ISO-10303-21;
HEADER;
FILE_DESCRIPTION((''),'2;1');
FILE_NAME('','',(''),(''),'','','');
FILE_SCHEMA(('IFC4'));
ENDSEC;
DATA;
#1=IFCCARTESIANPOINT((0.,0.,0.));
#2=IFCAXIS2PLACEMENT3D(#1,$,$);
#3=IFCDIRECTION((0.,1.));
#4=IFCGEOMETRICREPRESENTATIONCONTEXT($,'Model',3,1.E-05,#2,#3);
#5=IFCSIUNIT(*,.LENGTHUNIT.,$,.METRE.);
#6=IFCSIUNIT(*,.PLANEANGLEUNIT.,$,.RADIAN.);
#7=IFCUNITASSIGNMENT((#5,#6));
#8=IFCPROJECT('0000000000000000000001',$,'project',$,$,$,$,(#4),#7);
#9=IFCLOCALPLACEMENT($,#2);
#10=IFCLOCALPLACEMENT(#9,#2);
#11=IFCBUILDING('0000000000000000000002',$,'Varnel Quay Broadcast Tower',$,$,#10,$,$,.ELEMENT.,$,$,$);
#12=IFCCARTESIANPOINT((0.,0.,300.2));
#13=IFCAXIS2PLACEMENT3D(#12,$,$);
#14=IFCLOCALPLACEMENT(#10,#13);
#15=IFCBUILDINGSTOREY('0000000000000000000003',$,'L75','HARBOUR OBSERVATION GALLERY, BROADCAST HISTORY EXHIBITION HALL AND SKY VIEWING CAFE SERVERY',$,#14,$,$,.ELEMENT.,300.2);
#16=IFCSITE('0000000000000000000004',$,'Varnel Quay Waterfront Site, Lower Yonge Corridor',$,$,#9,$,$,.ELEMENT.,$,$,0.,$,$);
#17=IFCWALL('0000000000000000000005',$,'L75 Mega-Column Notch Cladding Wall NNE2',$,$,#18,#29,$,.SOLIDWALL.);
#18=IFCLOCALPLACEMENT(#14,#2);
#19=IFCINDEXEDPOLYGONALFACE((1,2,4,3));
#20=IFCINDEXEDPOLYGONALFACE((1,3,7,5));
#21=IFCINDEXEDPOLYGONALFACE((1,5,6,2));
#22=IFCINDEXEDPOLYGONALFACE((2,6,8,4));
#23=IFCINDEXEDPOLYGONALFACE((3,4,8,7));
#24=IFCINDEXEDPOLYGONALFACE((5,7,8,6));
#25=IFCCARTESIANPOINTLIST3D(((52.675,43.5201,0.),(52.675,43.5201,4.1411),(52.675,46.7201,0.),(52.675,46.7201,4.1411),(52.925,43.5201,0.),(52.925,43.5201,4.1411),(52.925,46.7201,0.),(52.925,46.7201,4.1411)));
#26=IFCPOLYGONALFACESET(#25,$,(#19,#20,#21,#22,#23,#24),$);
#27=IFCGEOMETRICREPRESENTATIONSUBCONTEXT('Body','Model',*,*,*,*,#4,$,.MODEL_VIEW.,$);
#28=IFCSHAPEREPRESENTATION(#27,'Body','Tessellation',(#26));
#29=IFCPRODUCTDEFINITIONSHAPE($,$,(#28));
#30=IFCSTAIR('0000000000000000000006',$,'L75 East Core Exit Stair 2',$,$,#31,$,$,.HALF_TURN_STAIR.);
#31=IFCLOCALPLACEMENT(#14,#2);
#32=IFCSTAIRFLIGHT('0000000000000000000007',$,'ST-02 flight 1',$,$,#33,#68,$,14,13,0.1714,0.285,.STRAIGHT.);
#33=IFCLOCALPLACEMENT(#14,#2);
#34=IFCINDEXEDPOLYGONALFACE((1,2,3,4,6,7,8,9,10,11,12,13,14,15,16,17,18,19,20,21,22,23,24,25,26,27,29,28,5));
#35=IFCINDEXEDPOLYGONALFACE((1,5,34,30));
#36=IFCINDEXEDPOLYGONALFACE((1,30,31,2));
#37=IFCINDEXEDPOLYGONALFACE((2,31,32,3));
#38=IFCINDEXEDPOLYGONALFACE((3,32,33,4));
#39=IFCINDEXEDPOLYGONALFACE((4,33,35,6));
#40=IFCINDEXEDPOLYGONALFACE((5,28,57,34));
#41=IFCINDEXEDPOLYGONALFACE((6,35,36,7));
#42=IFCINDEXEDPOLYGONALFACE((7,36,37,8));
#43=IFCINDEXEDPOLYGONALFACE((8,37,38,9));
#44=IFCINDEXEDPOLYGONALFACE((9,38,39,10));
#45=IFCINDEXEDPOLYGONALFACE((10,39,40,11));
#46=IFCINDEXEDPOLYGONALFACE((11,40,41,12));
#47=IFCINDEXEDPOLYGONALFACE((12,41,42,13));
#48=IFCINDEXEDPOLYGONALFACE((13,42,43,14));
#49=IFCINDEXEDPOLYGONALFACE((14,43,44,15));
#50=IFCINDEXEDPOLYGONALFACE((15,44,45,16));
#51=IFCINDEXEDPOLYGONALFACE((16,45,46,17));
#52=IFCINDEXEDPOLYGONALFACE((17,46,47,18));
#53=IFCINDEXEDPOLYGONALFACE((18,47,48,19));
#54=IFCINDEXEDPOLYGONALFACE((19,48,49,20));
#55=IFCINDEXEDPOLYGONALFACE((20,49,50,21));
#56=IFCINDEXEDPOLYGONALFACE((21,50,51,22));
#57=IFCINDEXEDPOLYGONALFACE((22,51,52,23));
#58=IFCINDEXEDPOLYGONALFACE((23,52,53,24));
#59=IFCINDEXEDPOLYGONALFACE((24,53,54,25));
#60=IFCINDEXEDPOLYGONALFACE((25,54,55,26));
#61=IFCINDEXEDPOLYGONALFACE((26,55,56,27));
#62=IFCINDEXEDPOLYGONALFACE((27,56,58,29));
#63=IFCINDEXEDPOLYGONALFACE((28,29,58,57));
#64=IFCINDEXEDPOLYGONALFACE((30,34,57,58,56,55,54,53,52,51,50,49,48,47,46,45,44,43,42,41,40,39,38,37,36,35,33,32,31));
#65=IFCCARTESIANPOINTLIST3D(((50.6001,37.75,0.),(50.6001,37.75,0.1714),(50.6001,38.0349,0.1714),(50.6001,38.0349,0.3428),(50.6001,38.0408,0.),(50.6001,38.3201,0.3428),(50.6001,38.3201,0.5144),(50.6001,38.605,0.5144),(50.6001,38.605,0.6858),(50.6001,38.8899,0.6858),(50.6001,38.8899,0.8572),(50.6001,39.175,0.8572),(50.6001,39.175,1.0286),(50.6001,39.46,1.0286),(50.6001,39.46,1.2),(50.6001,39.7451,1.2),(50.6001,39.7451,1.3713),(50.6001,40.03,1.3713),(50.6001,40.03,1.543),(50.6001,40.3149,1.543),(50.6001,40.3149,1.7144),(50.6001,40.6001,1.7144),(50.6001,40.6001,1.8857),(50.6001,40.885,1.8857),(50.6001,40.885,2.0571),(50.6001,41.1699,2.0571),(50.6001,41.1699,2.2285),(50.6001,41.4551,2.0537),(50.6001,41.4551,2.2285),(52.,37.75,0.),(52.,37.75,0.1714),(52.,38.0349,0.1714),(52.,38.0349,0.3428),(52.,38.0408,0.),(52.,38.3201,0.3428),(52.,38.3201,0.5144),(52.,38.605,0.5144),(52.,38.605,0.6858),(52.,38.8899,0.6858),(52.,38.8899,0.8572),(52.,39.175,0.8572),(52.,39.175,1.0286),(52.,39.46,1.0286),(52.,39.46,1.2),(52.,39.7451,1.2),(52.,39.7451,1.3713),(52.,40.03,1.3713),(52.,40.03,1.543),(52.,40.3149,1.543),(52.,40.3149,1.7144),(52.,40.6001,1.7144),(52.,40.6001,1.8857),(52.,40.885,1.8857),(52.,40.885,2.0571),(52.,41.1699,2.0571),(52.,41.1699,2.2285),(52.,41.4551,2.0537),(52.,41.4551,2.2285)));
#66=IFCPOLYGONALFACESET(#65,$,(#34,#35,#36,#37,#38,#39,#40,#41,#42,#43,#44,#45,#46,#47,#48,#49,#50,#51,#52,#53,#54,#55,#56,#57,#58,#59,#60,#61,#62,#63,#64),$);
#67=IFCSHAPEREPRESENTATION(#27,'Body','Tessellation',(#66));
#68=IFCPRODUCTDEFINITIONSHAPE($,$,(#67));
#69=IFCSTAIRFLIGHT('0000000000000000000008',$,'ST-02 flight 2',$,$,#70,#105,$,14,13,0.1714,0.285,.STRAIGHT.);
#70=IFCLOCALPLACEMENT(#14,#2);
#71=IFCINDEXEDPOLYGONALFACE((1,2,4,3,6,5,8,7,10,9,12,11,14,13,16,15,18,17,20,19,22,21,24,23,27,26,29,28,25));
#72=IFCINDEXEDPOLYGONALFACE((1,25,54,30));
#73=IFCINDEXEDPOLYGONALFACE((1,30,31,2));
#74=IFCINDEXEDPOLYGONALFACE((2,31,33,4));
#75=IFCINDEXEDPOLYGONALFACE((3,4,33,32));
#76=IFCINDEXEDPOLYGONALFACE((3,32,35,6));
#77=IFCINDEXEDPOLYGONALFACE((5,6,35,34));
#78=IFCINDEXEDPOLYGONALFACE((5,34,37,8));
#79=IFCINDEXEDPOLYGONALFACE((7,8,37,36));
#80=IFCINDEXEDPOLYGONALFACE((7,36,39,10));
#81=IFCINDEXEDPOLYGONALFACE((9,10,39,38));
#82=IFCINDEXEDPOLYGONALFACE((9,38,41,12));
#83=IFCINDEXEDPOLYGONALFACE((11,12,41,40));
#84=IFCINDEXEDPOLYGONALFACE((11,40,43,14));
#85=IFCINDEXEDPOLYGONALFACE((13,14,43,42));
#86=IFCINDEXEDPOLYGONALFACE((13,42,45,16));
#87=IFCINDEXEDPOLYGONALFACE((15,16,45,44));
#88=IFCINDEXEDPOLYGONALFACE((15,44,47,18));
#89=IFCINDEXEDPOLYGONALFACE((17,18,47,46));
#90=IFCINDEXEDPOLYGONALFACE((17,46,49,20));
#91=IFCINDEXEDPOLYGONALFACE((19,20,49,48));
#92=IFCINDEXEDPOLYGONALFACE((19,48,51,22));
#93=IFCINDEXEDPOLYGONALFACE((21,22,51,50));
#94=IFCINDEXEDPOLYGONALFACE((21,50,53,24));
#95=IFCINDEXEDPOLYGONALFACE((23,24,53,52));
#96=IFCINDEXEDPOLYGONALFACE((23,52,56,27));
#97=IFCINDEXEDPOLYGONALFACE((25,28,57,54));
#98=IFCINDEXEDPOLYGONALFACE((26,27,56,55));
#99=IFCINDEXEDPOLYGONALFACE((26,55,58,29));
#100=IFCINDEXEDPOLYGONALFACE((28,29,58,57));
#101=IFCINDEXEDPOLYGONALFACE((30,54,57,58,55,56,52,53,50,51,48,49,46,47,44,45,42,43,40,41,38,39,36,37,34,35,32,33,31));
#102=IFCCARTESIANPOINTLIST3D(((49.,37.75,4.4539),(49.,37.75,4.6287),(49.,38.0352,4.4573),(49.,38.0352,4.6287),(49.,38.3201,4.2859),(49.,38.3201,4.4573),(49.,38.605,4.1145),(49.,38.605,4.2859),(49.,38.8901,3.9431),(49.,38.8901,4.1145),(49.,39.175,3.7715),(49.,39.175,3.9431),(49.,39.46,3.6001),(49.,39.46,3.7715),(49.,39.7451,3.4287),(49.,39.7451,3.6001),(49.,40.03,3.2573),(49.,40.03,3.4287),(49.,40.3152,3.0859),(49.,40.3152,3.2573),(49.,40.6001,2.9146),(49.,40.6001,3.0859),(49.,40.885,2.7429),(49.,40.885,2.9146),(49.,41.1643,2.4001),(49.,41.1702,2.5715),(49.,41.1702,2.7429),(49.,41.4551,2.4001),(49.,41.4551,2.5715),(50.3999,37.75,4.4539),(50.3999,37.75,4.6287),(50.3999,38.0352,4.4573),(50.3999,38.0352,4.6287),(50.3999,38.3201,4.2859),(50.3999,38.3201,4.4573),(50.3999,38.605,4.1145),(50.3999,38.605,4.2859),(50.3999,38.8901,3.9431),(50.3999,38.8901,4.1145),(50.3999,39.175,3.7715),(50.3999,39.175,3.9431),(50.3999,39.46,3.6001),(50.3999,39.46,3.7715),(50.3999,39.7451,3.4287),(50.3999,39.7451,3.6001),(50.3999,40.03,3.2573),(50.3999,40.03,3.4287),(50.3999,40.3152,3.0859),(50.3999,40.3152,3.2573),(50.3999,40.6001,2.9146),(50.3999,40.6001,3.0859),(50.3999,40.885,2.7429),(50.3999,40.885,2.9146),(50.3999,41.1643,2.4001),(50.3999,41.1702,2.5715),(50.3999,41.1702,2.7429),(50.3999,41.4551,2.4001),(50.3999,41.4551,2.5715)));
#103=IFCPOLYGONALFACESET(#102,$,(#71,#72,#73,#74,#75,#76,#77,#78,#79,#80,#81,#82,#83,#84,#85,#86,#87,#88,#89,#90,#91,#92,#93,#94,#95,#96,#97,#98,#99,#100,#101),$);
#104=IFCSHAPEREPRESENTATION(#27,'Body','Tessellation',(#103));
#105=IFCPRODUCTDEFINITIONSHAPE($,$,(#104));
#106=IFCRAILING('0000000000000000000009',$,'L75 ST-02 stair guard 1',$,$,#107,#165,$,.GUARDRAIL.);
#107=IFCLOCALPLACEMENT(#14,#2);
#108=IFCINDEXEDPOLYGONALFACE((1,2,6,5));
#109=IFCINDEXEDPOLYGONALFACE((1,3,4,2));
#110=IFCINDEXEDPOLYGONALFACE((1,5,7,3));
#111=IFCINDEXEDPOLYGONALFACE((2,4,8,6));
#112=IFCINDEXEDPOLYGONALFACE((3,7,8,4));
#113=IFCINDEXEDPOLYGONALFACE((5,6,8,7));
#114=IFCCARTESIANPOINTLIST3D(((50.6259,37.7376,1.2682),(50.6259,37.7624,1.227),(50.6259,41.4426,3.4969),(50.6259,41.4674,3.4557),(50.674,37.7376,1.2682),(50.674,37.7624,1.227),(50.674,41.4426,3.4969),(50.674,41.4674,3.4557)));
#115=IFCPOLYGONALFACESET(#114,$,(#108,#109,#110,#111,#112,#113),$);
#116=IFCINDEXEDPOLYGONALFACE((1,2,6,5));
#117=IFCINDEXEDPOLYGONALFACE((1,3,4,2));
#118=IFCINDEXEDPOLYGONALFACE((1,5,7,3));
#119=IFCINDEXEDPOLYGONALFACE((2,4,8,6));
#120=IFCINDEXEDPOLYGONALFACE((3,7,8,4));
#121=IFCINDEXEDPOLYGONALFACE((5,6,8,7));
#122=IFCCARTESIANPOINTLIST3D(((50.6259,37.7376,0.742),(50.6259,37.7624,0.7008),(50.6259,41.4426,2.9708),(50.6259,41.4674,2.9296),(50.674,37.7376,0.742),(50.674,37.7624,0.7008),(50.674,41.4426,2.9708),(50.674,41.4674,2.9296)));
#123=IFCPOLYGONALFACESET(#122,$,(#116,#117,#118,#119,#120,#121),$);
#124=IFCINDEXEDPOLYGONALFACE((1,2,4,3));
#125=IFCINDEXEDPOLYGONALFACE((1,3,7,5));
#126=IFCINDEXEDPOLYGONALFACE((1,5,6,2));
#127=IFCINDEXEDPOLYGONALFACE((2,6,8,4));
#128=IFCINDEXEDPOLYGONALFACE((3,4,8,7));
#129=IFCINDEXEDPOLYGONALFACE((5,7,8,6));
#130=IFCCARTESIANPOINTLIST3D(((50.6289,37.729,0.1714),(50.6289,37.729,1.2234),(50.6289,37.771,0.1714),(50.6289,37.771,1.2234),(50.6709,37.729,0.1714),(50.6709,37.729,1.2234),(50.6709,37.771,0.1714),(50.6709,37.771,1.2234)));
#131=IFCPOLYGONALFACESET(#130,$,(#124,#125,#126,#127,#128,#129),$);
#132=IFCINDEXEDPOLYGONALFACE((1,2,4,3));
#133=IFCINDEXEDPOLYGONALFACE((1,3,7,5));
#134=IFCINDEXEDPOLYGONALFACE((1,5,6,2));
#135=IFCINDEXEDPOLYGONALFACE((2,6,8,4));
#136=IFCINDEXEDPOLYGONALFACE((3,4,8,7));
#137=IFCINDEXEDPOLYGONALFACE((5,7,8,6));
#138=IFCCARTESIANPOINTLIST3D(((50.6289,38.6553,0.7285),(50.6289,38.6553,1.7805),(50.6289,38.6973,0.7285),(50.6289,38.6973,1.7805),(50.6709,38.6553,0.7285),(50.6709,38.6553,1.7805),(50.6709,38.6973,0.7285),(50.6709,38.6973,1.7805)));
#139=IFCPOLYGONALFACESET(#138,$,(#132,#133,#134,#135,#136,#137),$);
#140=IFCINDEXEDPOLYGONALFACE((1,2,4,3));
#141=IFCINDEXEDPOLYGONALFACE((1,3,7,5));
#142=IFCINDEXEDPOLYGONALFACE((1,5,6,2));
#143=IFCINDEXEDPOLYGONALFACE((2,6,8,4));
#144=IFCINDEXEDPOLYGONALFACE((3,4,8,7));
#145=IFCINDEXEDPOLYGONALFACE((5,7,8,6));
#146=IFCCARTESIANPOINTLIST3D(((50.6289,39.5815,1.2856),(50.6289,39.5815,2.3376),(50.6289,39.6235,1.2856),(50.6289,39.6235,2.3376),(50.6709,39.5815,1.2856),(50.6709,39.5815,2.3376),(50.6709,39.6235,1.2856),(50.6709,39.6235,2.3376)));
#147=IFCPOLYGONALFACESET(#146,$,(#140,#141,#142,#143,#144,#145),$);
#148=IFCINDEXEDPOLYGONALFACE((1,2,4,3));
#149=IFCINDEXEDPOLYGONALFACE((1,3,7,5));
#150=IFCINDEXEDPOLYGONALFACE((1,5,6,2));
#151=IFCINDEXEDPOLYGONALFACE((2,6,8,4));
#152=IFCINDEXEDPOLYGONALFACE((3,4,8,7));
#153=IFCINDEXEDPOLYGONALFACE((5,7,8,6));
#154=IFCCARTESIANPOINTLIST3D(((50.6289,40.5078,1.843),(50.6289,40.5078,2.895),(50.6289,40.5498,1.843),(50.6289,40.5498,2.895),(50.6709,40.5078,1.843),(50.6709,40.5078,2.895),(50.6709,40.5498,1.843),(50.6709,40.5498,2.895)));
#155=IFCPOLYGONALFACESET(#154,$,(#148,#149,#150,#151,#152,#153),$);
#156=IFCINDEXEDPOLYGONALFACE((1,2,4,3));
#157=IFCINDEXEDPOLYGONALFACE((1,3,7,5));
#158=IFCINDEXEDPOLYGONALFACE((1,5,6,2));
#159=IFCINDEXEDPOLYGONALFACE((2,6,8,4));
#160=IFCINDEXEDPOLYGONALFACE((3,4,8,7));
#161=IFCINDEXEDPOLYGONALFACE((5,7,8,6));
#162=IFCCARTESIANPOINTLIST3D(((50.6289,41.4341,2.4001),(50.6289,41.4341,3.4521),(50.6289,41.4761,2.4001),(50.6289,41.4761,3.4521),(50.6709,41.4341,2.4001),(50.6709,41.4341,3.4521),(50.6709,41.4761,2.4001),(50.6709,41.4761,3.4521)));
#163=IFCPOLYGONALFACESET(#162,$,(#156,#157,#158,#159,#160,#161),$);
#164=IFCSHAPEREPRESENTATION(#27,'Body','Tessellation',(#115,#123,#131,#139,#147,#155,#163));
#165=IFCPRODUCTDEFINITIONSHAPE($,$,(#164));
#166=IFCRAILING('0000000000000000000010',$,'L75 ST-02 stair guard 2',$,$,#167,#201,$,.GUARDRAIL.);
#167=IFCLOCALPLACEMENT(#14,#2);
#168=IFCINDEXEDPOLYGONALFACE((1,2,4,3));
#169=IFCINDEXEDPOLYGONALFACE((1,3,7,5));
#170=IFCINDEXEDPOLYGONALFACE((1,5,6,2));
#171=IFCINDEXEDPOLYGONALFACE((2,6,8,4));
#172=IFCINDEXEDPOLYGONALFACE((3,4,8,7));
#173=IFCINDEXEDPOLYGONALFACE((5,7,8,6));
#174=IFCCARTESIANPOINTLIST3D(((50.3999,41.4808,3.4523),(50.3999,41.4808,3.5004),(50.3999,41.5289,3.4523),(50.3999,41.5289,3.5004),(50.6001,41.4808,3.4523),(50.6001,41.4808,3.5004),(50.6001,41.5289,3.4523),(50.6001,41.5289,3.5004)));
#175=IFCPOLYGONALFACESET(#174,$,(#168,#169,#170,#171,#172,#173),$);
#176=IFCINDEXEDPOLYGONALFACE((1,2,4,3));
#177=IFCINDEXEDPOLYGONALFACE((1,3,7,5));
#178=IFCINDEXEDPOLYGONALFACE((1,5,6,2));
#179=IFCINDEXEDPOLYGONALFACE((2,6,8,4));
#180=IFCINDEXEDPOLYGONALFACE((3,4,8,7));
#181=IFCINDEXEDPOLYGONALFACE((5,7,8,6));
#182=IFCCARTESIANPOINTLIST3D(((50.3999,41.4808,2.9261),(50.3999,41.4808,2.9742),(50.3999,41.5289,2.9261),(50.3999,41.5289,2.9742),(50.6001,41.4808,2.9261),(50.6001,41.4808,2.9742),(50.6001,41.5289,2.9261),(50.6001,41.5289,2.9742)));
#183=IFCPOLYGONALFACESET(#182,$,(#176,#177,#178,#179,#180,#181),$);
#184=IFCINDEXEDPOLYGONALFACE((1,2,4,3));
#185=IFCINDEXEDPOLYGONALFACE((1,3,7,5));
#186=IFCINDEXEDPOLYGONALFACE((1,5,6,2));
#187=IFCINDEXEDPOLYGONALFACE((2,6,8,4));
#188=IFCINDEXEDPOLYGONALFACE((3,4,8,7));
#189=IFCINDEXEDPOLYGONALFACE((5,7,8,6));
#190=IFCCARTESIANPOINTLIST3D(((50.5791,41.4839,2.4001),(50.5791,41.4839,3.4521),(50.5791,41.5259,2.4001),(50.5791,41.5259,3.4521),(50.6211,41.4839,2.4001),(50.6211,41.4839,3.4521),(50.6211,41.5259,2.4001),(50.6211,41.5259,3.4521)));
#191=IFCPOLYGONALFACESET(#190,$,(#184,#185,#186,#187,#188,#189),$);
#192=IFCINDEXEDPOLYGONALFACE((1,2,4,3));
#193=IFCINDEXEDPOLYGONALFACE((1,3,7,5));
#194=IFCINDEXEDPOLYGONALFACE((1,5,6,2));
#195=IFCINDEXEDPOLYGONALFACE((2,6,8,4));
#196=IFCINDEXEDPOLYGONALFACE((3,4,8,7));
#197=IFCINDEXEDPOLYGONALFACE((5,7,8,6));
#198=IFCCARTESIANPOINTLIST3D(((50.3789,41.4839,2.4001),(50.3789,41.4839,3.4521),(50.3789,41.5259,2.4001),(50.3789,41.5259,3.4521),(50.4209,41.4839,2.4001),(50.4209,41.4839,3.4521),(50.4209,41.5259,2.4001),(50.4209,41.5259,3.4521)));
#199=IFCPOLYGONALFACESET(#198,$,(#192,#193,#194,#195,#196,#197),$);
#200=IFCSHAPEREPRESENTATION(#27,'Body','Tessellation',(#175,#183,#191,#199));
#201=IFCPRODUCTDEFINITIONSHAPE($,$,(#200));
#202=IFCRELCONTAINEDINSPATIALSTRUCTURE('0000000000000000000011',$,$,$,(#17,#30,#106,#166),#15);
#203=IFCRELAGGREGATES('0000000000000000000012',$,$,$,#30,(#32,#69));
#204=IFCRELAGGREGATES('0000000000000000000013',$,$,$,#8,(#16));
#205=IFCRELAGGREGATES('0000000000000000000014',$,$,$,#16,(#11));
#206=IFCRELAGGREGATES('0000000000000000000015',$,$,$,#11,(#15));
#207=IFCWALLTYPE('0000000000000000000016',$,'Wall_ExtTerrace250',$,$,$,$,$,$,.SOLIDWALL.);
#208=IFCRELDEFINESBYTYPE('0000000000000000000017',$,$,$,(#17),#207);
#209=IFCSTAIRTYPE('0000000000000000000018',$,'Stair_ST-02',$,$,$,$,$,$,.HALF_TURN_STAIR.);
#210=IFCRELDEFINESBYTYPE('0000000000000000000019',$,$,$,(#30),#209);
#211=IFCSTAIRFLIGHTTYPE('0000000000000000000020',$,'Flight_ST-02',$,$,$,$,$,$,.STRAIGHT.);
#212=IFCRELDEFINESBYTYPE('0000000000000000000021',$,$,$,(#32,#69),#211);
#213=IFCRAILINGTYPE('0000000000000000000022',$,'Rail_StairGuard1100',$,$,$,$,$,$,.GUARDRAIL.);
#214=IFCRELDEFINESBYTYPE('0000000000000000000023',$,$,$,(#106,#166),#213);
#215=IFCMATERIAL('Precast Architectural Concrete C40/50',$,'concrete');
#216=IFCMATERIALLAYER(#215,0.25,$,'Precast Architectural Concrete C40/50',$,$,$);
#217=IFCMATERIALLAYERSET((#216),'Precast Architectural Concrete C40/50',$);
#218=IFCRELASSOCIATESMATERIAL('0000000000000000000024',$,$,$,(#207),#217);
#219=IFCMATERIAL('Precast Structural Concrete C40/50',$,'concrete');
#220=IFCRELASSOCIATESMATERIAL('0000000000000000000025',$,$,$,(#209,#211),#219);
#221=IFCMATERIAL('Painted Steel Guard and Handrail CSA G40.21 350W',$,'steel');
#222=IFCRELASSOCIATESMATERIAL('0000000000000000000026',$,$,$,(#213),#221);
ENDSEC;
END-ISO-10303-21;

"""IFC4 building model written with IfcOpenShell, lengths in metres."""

from ifc_helpers import new_model, si_unit, direction, frame, frame_2d, origin, origin_2d, place, context, subcontext, project, spatial, polyline, rectangle, outline, extrude, material, layer, layer_set, type_object, element, aggregate, save


model = new_model("IFC4")

# Units and contexts
model_context = context("Model", 3, precision=1e-05, world=origin(), true_north=direction((0.0, 1.0)))
body_context = subcontext(model_context, "Body", "Model", "MODEL_VIEW")
ifc_project = project(units=[si_unit("LENGTHUNIT", "METRE"), si_unit("PLANEANGLEUNIT", "RADIAN")], contexts=[model_context])

# Site, building, storey
site_placement = place(None, origin())
site = spatial("IfcSite", under=ifc_project, at=site_placement, Name="Varnel Quay Waterfront Site, Lower Yonge Corridor", CompositionType="ELEMENT", RefElevation=0.0)
building_placement = place(site_placement, origin())
building = spatial("IfcBuilding", under=site, at=building_placement, Name="Varnel Quay Broadcast Tower", CompositionType="ELEMENT")
storey_placement = place(building_placement, frame((0.0, 0.0, 300.2)))
storey = spatial("IfcBuildingStorey", under=building, at=storey_placement, Name="L75", Description="HARBOUR OBSERVATION GALLERY, BROADCAST HISTORY EXHIBITION HALL AND SKY VIEWING CAFE SERVERY", CompositionType="ELEMENT", Elevation=300.2)

# Wall
ifc_material_1 = material(Name="Precast Architectural Concrete C40/50", Category="concrete")
ifc_layer_1 = layer(ifc_material_1, 0.25, Name="Precast Architectural Concrete C40/50")
ifc_layer_set_1 = layer_set([ifc_layer_1], Name="Precast Architectural Concrete C40/50")
wall_type_1 = type_object("IfcWallType", Name="Wall_ExtTerrace250", PredefinedType="SOLIDWALL", material=ifc_layer_set_1)
wall_1_placement = place(storey_placement, frame((52.8, 43.52, 0.0), z_axis=(0.0, 0.0, 1.0), x_axis=(0.0, 1.0, 0.0)))
element("IfcWall", 1, at=wall_1_placement, inside=storey, type_object=wall_type_1, Name="L75 Mega-Column Notch Cladding Wall NNE2", PredefinedType="SOLIDWALL", context=body_context, shape_type="SweptSolid", body=[
    extrude(rectangle(XDim=3.2, YDim=0.25, at=frame_2d((1.6001, 0.0))), origin(), (0.0, 0.0, 1.0), 4.1411),
])

# Stair, stair flights
ifc_material_2 = material(Name="Precast Structural Concrete C40/50", Category="concrete")
stair_type = type_object("IfcStairType", Name="Stair_ST-02", PredefinedType="HALF_TURN_STAIR", material=ifc_material_2)
stair_placement = place(storey_placement, origin())
stair = element("IfcStair", 2, at=stair_placement, inside=storey, type_object=stair_type, Name="L75 East Core Exit Stair 2", PredefinedType="HALF_TURN_STAIR")
stair_flight_type = type_object("IfcStairFlightType", Name="Flight_ST-02", PredefinedType="STRAIGHT", material=ifc_material_2)
stair_flight_1_placement = place(storey_placement, frame((51.3, 37.75, 0.0), z_axis=(0.0, 0.0, 1.0), x_axis=(0.0, 1.0, 0.0)))
stair_flight_1 = element("IfcStairFlight", 3, at=stair_flight_1_placement, type_object=stair_flight_type, Name="ST-02 flight 1", NumberOfRisers=14, NumberOfTreads=13, PredefinedType="STRAIGHT", RiserHeight=0.1714, TreadLength=0.285, context=body_context, shape_type="SweptSolid", body=[
    extrude(outline(polyline([(0.0, 0.0), (0.0, 0.1714), (0.2849, 0.1714), (0.2849, 0.3428), (0.5701, 0.3428), (0.5701, 0.5144), (0.855, 0.5144), (0.855, 0.6858), (1.1399, 0.6858), (1.1399, 0.8572), (1.425, 0.8572), (1.425, 1.0286), (1.71, 1.0286), (1.71, 1.2), (1.9951, 1.2), (1.9951, 1.3713), (2.28, 1.3713), (2.28, 1.543), (2.5649, 1.543), (2.5649, 1.7144), (2.8501, 1.7144), (2.8501, 1.8857), (3.135, 1.8857), (3.135, 2.0571), (3.4199, 2.0571), (3.4199, 2.2285), (3.7051, 2.2285), (3.7051, 2.3999), (3.7051, 2.0537), (0.2908, 0.0), (0.0, 0.0)])), frame((0.0, 0.7, 0.0), z_axis=(0.0, -1.0, 0.0), x_axis=(1.0, 0.0, 0.0)), (0.0, 0.0, 1.0), 1.3999),
])
stair_flight_2_placement = place(storey_placement, frame((49.7, 41.4551, 2.4001), z_axis=(0.0, 0.0, 1.0), x_axis=(0.0, -1.0, 0.0)))
stair_flight_2 = element("IfcStairFlight", 4, at=stair_flight_2_placement, type_object=stair_flight_type, Name="ST-02 flight 2", NumberOfRisers=14, NumberOfTreads=13, PredefinedType="STRAIGHT", RiserHeight=0.1714, TreadLength=0.285, context=body_context, shape_type="SweptSolid", body=[
    extrude(outline(polyline([(0.0, 0.0), (0.0, 0.1714), (0.2849, 0.1714), (0.2849, 0.3428), (0.5701, 0.3428), (0.5701, 0.5144), (0.855, 0.5144), (0.855, 0.6858), (1.1399, 0.6858), (1.1399, 0.8572), (1.425, 0.8572), (1.425, 1.0286), (1.71, 1.0286), (1.71, 1.2), (1.9951, 1.2), (1.9951, 1.3713), (2.28, 1.3713), (2.28, 1.543), (2.5649, 1.543), (2.5649, 1.7144), (2.8501, 1.7144), (2.8501, 1.8857), (3.135, 1.8857), (3.135, 2.0571), (3.4199, 2.0571), (3.4199, 2.2285), (3.7051, 2.2285), (3.7051, 2.3999), (3.7051, 2.0537), (0.2908, 0.0), (0.0, 0.0)])), frame((0.0, 0.7, 0.0), z_axis=(0.0, -1.0, 0.0), x_axis=(1.0, 0.0, 0.0)), (0.0, 0.0, 1.0), 1.3999),
])
aggregate(stair, [stair_flight_1, stair_flight_2])

# Railings
ifc_material_3 = material(Name="Painted Steel Guard and Handrail CSA G40.21 350W", Category="steel")
railing_type_1 = type_object("IfcRailingType", Name="Rail_StairGuard1100", PredefinedType="GUARDRAIL", material=ifc_material_3)
railing_1_placement = place(storey_placement, frame((50.6499, 37.75, 0.1714)))
element("IfcRailing", 5, at=railing_1_placement, inside=storey, type_object=railing_type_1, Name="L75 ST-02 stair guard 1", PredefinedType="GUARDRAIL", context=body_context, shape_type="SweptSolid", body=[
    extrude(rectangle(XDim=0.0481, YDim=0.0481, at=origin_2d()), frame((0.0, 0.0, 1.0762), z_axis=(0.0, 0.856909, 0.515467), x_axis=(-1.0, 0.0, 0.0)), (0.0, 0.0, 1.0), 4.3237),
    extrude(rectangle(XDim=0.0481, YDim=0.0481, at=origin_2d()), frame((0.0, 0.0, 0.55), z_axis=(0.0, 0.856909, 0.515467), x_axis=(-1.0, 0.0, 0.0)), (0.0, 0.0, 1.0), 4.3237),
    extrude(rectangle(XDim=0.042, YDim=0.042, at=origin_2d()), origin(), (0.0, 0.0, 1.0), 1.052),
    extrude(rectangle(XDim=0.042, YDim=0.042, at=origin_2d()), frame((0.0, 0.9263, 0.5571)), (0.0, 0.0, 1.0), 1.052),
    extrude(rectangle(XDim=0.042, YDim=0.042, at=origin_2d()), frame((0.0, 1.8525, 1.1143)), (0.0, 0.0, 1.0), 1.052),
    extrude(rectangle(XDim=0.042, YDim=0.042, at=origin_2d()), frame((0.0, 2.7788, 1.6716)), (0.0, 0.0, 1.0), 1.052),
    extrude(rectangle(XDim=0.042, YDim=0.042, at=origin_2d()), frame((0.0, 3.7051, 2.2288)), (0.0, 0.0, 1.0), 1.052),
])
railing_2_placement = place(storey_placement, frame((50.6001, 41.5049, 2.4001)))
element("IfcRailing", 6, at=railing_2_placement, inside=storey, type_object=railing_type_1, Name="L75 ST-02 stair guard 2", PredefinedType="GUARDRAIL", context=body_context, shape_type="SweptSolid", body=[
    extrude(rectangle(XDim=0.0481, YDim=0.0481, at=origin_2d()), frame((0.0, 0.0, 1.0762), z_axis=(-1.0, 0.0, 0.0), x_axis=(0.0, -1.0, 0.0)), (0.0, 0.0, 1.0), 0.2002),
    extrude(rectangle(XDim=0.0481, YDim=0.0481, at=origin_2d()), frame((0.0, 0.0, 0.55), z_axis=(-1.0, 0.0, 0.0), x_axis=(0.0, -1.0, 0.0)), (0.0, 0.0, 1.0), 0.2002),
    extrude(rectangle(XDim=0.042, YDim=0.042, at=origin_2d()), origin(), (0.0, 0.0, 1.0), 1.052),
    extrude(rectangle(XDim=0.042, YDim=0.042, at=origin_2d()), frame((-0.2002, 0.0, 0.0)), (0.0, 0.0, 1.0), 1.052),
])

save(model, "model.ifc")
